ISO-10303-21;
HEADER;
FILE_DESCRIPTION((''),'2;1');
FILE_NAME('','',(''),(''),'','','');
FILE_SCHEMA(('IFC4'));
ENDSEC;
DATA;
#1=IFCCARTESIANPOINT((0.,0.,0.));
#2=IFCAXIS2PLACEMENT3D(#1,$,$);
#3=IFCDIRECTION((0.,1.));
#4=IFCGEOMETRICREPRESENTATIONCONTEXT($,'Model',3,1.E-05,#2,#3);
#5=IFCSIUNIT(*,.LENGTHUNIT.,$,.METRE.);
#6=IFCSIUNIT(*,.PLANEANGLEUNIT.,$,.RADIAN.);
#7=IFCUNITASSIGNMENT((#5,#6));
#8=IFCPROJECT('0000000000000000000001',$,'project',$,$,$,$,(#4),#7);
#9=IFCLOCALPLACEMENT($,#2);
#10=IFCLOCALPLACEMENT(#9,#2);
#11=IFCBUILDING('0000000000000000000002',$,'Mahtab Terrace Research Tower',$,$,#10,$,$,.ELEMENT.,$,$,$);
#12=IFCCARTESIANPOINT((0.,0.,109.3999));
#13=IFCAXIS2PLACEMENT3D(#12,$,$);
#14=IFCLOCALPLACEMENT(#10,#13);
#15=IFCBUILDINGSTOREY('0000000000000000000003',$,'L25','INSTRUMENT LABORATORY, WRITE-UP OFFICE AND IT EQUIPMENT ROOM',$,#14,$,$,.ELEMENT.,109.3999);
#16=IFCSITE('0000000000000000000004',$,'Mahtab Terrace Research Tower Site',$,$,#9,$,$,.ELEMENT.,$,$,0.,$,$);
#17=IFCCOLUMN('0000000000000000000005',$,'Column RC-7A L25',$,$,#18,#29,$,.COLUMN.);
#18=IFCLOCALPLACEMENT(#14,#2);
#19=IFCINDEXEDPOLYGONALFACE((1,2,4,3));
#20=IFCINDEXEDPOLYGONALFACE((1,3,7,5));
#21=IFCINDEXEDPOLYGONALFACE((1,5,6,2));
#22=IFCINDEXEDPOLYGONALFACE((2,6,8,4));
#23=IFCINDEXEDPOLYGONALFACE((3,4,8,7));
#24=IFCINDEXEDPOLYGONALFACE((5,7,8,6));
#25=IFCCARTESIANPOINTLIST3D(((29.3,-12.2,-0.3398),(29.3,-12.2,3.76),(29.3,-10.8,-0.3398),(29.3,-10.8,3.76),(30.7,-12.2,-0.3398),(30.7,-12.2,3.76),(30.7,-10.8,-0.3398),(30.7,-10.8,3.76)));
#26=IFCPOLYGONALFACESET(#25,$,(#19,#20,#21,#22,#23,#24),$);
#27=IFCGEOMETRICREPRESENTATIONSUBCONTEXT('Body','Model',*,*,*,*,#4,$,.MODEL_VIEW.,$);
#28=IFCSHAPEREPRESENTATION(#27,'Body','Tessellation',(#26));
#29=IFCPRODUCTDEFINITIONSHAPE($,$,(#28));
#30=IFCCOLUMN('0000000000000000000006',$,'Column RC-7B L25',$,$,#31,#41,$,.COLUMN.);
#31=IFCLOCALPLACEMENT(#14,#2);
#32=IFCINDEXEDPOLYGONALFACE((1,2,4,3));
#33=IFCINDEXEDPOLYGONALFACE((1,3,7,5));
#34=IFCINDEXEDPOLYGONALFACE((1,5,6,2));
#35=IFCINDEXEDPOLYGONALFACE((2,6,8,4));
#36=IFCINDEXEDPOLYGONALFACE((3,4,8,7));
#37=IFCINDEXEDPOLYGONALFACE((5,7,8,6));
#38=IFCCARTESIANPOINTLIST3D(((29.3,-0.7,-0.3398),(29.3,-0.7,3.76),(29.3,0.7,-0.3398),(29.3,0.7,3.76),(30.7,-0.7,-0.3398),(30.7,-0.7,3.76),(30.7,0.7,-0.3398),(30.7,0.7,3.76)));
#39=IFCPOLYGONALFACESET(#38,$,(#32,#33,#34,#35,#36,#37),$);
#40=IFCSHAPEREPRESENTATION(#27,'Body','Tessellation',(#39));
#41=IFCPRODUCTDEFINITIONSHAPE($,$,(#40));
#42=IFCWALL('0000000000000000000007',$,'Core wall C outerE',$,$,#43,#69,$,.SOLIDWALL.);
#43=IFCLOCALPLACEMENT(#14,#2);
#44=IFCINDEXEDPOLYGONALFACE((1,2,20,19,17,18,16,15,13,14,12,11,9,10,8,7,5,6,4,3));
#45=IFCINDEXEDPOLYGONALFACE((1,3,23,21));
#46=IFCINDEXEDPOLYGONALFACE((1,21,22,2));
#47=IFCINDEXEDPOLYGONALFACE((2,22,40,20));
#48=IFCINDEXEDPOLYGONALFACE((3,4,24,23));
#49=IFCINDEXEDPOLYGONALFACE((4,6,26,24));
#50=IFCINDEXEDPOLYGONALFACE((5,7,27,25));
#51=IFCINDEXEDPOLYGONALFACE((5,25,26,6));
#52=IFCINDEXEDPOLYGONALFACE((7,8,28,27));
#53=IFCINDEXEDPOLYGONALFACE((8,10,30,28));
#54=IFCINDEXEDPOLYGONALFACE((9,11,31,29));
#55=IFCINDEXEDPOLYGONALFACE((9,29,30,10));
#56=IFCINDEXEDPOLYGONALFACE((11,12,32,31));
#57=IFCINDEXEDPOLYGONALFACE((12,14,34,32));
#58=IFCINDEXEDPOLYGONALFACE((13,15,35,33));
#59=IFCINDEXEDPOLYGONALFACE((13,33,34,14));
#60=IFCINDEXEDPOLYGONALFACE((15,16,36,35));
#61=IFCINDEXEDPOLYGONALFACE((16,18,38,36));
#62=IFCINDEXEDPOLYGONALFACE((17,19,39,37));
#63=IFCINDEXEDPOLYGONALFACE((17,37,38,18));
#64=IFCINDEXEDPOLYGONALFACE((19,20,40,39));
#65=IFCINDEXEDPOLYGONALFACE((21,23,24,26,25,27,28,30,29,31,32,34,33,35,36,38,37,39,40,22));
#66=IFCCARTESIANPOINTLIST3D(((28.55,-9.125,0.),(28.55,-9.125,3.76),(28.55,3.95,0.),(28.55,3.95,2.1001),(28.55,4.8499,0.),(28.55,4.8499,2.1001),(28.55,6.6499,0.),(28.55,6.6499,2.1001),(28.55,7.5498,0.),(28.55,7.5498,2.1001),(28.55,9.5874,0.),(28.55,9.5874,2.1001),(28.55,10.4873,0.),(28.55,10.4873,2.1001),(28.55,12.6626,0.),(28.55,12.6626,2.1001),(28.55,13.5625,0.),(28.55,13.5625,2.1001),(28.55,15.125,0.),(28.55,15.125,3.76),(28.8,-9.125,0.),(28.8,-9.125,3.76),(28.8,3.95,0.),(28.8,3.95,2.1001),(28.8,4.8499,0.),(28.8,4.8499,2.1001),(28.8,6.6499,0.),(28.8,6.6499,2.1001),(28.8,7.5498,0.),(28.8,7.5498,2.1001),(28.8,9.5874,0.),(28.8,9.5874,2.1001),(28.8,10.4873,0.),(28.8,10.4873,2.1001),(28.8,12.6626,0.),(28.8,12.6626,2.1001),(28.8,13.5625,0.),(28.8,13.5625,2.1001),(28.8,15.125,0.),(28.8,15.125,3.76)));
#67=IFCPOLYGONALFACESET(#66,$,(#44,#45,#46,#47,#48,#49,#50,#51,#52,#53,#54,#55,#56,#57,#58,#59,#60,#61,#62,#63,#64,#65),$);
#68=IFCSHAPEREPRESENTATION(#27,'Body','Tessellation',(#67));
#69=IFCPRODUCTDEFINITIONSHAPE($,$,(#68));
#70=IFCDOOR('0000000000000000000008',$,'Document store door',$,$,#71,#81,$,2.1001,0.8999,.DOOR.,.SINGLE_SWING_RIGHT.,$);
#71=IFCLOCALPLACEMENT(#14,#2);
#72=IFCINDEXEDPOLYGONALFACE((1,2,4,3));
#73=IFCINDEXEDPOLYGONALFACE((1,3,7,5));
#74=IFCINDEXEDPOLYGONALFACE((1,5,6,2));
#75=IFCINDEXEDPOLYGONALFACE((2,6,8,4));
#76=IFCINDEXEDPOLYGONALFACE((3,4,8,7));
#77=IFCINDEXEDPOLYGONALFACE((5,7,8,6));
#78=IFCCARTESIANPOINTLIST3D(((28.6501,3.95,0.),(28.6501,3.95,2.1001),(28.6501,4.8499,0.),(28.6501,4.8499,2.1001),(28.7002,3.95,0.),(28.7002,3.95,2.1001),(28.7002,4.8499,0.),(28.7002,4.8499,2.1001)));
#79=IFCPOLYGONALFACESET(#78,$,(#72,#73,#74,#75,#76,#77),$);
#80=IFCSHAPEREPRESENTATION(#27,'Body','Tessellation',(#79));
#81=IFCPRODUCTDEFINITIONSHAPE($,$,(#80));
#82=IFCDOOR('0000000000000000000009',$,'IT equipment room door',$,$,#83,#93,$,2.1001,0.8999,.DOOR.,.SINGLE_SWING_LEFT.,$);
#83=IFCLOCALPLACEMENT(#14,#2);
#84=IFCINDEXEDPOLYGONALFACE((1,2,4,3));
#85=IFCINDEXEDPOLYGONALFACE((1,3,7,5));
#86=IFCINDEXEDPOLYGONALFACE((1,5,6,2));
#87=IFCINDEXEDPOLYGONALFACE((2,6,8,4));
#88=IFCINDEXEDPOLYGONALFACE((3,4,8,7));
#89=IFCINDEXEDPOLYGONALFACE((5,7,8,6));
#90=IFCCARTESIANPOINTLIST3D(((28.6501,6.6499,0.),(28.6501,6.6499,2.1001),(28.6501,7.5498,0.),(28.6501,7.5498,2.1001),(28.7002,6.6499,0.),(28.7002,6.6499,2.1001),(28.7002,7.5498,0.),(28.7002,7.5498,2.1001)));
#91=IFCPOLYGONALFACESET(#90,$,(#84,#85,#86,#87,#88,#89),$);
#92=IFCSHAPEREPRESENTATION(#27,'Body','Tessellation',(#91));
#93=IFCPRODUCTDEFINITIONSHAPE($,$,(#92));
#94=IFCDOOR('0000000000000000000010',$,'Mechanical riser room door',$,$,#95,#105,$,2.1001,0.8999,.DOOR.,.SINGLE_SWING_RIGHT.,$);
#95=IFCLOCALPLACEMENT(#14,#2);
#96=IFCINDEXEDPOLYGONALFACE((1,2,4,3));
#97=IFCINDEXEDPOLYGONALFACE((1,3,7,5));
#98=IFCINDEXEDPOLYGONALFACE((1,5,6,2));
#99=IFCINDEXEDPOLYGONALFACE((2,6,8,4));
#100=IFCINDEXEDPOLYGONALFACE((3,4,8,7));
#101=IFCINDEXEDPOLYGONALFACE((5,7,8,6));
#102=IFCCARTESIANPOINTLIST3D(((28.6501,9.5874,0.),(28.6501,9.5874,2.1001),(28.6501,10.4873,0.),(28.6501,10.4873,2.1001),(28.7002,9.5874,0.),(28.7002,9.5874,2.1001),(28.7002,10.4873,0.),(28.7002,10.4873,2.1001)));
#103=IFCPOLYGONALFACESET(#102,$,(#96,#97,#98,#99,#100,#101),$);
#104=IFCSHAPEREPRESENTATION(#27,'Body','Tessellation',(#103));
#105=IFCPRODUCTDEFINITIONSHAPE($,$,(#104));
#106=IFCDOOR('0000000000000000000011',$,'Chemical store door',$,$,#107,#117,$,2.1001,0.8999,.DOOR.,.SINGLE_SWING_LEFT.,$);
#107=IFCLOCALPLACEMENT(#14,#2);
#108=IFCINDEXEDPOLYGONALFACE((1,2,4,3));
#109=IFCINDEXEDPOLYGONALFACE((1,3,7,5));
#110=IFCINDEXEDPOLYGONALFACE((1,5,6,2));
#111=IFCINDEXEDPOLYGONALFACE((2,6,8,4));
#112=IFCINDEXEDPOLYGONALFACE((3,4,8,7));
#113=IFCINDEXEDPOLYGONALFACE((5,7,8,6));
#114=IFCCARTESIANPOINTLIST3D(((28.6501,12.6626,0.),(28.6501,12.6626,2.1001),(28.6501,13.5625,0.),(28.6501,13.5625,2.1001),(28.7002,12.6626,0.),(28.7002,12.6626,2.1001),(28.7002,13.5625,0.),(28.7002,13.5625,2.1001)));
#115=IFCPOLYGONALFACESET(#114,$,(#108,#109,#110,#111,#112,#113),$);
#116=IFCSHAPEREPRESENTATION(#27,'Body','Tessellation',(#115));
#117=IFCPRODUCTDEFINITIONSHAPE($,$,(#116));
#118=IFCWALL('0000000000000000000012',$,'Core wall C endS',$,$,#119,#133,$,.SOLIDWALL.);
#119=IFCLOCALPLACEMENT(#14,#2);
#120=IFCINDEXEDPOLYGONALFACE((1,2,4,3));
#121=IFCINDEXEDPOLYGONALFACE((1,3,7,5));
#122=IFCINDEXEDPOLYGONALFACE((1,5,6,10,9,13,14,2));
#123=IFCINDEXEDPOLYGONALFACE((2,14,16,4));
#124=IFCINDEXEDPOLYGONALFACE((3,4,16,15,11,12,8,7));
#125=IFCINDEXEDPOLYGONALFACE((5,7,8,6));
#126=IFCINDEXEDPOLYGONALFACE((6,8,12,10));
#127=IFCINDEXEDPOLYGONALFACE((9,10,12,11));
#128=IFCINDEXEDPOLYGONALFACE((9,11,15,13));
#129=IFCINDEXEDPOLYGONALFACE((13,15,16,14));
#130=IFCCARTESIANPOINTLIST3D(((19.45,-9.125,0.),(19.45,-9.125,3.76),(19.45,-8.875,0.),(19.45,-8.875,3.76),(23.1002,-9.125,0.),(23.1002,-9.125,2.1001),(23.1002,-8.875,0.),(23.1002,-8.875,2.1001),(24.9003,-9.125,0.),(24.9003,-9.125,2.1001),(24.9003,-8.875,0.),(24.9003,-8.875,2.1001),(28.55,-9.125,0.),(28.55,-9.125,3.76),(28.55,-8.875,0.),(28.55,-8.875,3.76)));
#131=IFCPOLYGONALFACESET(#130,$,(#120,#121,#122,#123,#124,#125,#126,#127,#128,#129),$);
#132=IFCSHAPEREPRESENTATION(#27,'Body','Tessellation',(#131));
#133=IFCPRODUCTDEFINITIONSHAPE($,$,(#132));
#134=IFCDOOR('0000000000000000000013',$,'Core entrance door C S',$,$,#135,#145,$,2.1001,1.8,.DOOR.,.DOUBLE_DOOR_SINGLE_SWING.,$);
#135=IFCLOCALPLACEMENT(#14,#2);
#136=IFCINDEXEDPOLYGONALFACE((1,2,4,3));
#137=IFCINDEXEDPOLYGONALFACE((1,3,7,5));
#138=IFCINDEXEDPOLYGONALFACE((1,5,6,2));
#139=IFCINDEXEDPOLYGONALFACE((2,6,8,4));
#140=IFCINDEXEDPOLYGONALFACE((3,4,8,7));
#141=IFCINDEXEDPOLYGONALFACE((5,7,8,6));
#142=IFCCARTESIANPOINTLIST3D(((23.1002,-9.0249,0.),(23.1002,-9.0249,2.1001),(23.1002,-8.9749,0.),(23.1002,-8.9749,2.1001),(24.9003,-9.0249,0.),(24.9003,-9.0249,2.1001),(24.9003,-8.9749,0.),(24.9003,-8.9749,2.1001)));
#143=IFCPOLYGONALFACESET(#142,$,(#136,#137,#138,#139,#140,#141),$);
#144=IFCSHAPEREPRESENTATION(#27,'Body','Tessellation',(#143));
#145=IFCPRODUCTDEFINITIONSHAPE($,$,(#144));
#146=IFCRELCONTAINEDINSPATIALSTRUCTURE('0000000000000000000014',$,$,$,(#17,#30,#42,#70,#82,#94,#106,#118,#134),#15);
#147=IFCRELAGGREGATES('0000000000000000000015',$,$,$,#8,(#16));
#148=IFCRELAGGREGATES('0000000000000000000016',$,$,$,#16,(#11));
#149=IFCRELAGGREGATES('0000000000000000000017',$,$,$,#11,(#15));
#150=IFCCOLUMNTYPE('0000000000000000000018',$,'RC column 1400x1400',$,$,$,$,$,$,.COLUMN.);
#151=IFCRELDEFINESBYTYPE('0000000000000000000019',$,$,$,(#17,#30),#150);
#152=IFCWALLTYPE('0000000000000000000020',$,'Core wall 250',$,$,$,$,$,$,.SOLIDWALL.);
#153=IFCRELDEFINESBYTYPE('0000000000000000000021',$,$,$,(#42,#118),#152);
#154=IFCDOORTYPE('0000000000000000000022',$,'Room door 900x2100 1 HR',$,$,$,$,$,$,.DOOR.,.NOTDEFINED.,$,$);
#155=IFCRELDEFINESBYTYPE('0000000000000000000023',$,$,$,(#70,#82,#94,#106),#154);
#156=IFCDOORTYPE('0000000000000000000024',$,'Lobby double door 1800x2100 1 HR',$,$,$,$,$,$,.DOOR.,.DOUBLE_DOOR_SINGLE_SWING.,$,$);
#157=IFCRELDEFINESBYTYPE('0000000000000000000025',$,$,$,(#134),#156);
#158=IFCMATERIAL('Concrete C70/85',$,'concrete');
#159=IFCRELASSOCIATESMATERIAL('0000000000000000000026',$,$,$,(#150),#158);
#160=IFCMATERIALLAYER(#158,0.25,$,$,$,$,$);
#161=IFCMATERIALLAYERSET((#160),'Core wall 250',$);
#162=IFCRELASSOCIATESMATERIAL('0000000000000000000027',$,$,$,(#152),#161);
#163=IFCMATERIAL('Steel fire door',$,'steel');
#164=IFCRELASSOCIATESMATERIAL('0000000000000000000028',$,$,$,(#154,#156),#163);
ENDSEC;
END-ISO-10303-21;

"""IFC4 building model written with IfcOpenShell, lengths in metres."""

from ifc_helpers import new_model, si_unit, direction, frame, frame_2d, origin, origin_2d, place, context, subcontext, project, spatial, rectangle, extrude, material, layer, layer_set, material_profile, profile_set, type_object, element, fill, save


model = new_model("IFC4")

# Units and contexts
model_context = context("Model", 3, precision=1e-05, world=origin(), true_north=direction((0.0, 1.0)))
body_context = subcontext(model_context, "Body", "Model", "MODEL_VIEW")
ifc_project = project(units=[si_unit("LENGTHUNIT", "METRE"), si_unit("PLANEANGLEUNIT", "RADIAN")], contexts=[model_context])

# Site, building, storey
site_placement = place(None, origin())
site = spatial("IfcSite", under=ifc_project, at=site_placement, Name="Mahtab Terrace Research Tower Site", CompositionType="ELEMENT", RefElevation=0.0)
building_placement = place(site_placement, origin())
building = spatial("IfcBuilding", under=site, at=building_placement, Name="Mahtab Terrace Research Tower", CompositionType="ELEMENT")
storey_placement = place(building_placement, frame((0.0, 0.0, 109.3999)))
storey = spatial("IfcBuildingStorey", under=building, at=storey_placement, Name="L25", Description="INSTRUMENT LABORATORY, WRITE-UP OFFICE AND IT EQUIPMENT ROOM", CompositionType="ELEMENT", Elevation=109.3999)

# Columns
ifc_material_1 = material(Name="Concrete C70/85", Category="concrete")
ifc_material_profile = material_profile(ifc_material_1, rectangle(XDim=1.3999, YDim=1.3999, at=origin_2d()), Name="RC column 1400x1400")
ifc_profile_set = profile_set([ifc_material_profile], Name="Concrete C70/85")
column_type = type_object("IfcColumnType", Name="RC column 1400x1400", PredefinedType="COLUMN", material=ifc_profile_set)
for number, where, z_axis, x_axis, name in (
    (1, (30.0, -11.5, -0.3398), (0.0, 0.0, 1.0), (1.0, 0.0, 0.0), "Column RC-7A L25"),
    (2, (30.0, 0.0, -0.3398), (0.0, 0.0, 1.0), (1.0, 0.0, 0.0), "Column RC-7B L25"),
):
    element("IfcColumn", number, at=place(storey_placement, frame(where, z_axis=z_axis, x_axis=x_axis)), inside=storey, type_object=column_type, Name=name, PredefinedType="COLUMN", context=body_context, shape_type="SweptSolid", body=[
        extrude(rectangle(XDim=1.3999, YDim=1.3999, at=origin_2d()), origin(), (0.0, 0.0, 1.0), 4.0999),
    ])

# Wall, openings, doors
ifc_layer_1 = layer(ifc_material_1, 0.25)
ifc_layer_set_1 = layer_set([ifc_layer_1], Name="Core wall 250")
wall_type_1 = type_object("IfcWallType", Name="Core wall 250", PredefinedType="SOLIDWALL", material=ifc_layer_set_1)
wall_1_placement = place(storey_placement, frame((28.675, -9.125, 0.0), z_axis=(0.0, 0.0, 1.0), x_axis=(0.0, 1.0, 0.0)))
wall_1 = element("IfcWall", 3, at=wall_1_placement, inside=storey, type_object=wall_type_1, Name="Core wall C outerE", PredefinedType="SOLIDWALL", context=body_context, shape_type="SweptSolid", body=[
    extrude(rectangle(XDim=24.25, YDim=0.25, at=frame_2d((12.125, 0.0))), origin(), (0.0, 0.0, 1.0), 3.76),
])
opening_1_placement = place(wall_1_placement, frame((13.075, 0.0, 0.0)))
opening_1 = element("IfcOpeningElement", 4, at=opening_1_placement, cuts=wall_1, PredefinedType="OPENING", context=body_context, shape_type="SweptSolid", body=[
    extrude(rectangle(XDim=0.8999, YDim=2.1001, at=frame_2d((0.45, 1.05))), frame((0.0, 0.135, 0.0), z_axis=(0.0, -1.0, 0.0), x_axis=(1.0, 0.0, 0.0)), (0.0, 0.0, 1.0), 0.27),
])
opening_2_placement = place(wall_1_placement, frame((15.7749, 0.0, 0.0)))
opening_2 = element("IfcOpeningElement", 5, at=opening_2_placement, cuts=wall_1, PredefinedType="OPENING", context=body_context, shape_type="SweptSolid", body=[
    extrude(rectangle(XDim=0.8999, YDim=2.1001, at=frame_2d((0.45, 1.05))), frame((0.0, 0.135, 0.0), z_axis=(0.0, -1.0, 0.0), x_axis=(1.0, 0.0, 0.0)), (0.0, 0.0, 1.0), 0.27),
])
opening_3_placement = place(wall_1_placement, frame((18.7124, 0.0, 0.0)))
opening_3 = element("IfcOpeningElement", 6, at=opening_3_placement, cuts=wall_1, PredefinedType="OPENING", context=body_context, shape_type="SweptSolid", body=[
    extrude(rectangle(XDim=0.8999, YDim=2.1001, at=frame_2d((0.45, 1.05))), frame((0.0, 0.135, 0.0), z_axis=(0.0, -1.0, 0.0), x_axis=(1.0, 0.0, 0.0)), (0.0, 0.0, 1.0), 0.27),
])
opening_4_placement = place(wall_1_placement, frame((21.7876, 0.0, 0.0)))
opening_4 = element("IfcOpeningElement", 7, at=opening_4_placement, cuts=wall_1, PredefinedType="OPENING", context=body_context, shape_type="SweptSolid", body=[
    extrude(rectangle(XDim=0.8999, YDim=2.1001, at=frame_2d((0.45, 1.05))), frame((0.0, 0.135, 0.0), z_axis=(0.0, -1.0, 0.0), x_axis=(1.0, 0.0, 0.0)), (0.0, 0.0, 1.0), 0.27),
])
ifc_material_2 = material(Name="Steel fire door", Category="steel")
door_type_1 = type_object("IfcDoorType", Name="Room door 900x2100 1 HR", OperationType="NOTDEFINED", PredefinedType="DOOR", material=ifc_material_2)
door_1_placement = place(opening_1_placement, origin())
door_1 = element("IfcDoor", 8, at=door_1_placement, inside=storey, type_object=door_type_1, Name="Document store door", OperationType="SINGLE_SWING_RIGHT", OverallHeight=2.1001, OverallWidth=0.8999, PredefinedType="DOOR", context=body_context, shape_type="SweptSolid", body=[
    extrude(rectangle(XDim=0.8999, YDim=2.1001, at=frame_2d((0.45, 1.05))), frame((0.0, 0.0249, 0.0), z_axis=(0.0, -1.0, 0.0), x_axis=(1.0, 0.0, 0.0)), (0.0, 0.0, 1.0), 0.05),
])
fill(opening_1, door_1)
door_2_placement = place(opening_2_placement, origin())
door_2 = element("IfcDoor", 9, at=door_2_placement, inside=storey, type_object=door_type_1, Name="IT equipment room door", OperationType="SINGLE_SWING_LEFT", OverallHeight=2.1001, OverallWidth=0.8999, PredefinedType="DOOR", context=body_context, shape_type="SweptSolid", body=[
    extrude(rectangle(XDim=0.8999, YDim=2.1001, at=frame_2d((0.45, 1.05))), frame((0.0, 0.0249, 0.0), z_axis=(0.0, -1.0, 0.0), x_axis=(1.0, 0.0, 0.0)), (0.0, 0.0, 1.0), 0.05),
])
fill(opening_2, door_2)
door_3_placement = place(opening_3_placement, origin())
door_3 = element("IfcDoor", 10, at=door_3_placement, inside=storey, type_object=door_type_1, Name="Mechanical riser room door", OperationType="SINGLE_SWING_RIGHT", OverallHeight=2.1001, OverallWidth=0.8999, PredefinedType="DOOR", context=body_context, shape_type="SweptSolid", body=[
    extrude(rectangle(XDim=0.8999, YDim=2.1001, at=frame_2d((0.45, 1.05))), frame((0.0, 0.0249, 0.0), z_axis=(0.0, -1.0, 0.0), x_axis=(1.0, 0.0, 0.0)), (0.0, 0.0, 1.0), 0.05),
])
fill(opening_3, door_3)
door_4_placement = place(opening_4_placement, origin())
door_4 = element("IfcDoor", 11, at=door_4_placement, inside=storey, type_object=door_type_1, Name="Chemical store door", OperationType="SINGLE_SWING_LEFT", OverallHeight=2.1001, OverallWidth=0.8999, PredefinedType="DOOR", context=body_context, shape_type="SweptSolid", body=[
    extrude(rectangle(XDim=0.8999, YDim=2.1001, at=frame_2d((0.45, 1.05))), frame((0.0, 0.0249, 0.0), z_axis=(0.0, -1.0, 0.0), x_axis=(1.0, 0.0, 0.0)), (0.0, 0.0, 1.0), 0.05),
])
fill(opening_4, door_4)

# Wall, opening, door
wall_2_placement = place(storey_placement, frame((28.55, -9.0, 0.0), z_axis=(0.0, 0.0, 1.0), x_axis=(-1.0, 0.0, 0.0)))
wall_2 = element("IfcWall", 12, at=wall_2_placement, inside=storey, type_object=wall_type_1, Name="Core wall C endS", PredefinedType="SOLIDWALL", context=body_context, shape_type="SweptSolid", body=[
    extrude(rectangle(XDim=9.1001, YDim=0.25, at=frame_2d((4.55, 0.0))), origin(), (0.0, 0.0, 1.0), 3.76),
])
opening_5_placement = place(wall_2_placement, frame((3.6499, 0.0, 0.0)))
opening_5 = element("IfcOpeningElement", 13, at=opening_5_placement, cuts=wall_2, PredefinedType="OPENING", context=body_context, shape_type="SweptSolid", body=[
    extrude(rectangle(XDim=1.8, YDim=2.1001, at=frame_2d((0.8999, 1.05))), frame((0.0, 0.135, 0.0), z_axis=(0.0, -1.0, 0.0), x_axis=(1.0, 0.0, 0.0)), (0.0, 0.0, 1.0), 0.27),
])
door_type_2 = type_object("IfcDoorType", Name="Lobby double door 1800x2100 1 HR", OperationType="DOUBLE_DOOR_SINGLE_SWING", PredefinedType="DOOR", material=ifc_material_2)
door_5_placement = place(opening_5_placement, origin())
door_5 = element("IfcDoor", 14, at=door_5_placement, inside=storey, type_object=door_type_2, Name="Core entrance door C S", OperationType="DOUBLE_DOOR_SINGLE_SWING", OverallHeight=2.1001, OverallWidth=1.8, PredefinedType="DOOR", context=body_context, shape_type="SweptSolid", body=[
    extrude(rectangle(XDim=1.8, YDim=2.1001, at=frame_2d((0.8999, 1.05))), frame((0.0, 0.0249, 0.0), z_axis=(0.0, -1.0, 0.0), x_axis=(1.0, 0.0, 0.0)), (0.0, 0.0, 1.0), 0.05),
])
fill(opening_5, door_5)

save(model, "model.ifc")
